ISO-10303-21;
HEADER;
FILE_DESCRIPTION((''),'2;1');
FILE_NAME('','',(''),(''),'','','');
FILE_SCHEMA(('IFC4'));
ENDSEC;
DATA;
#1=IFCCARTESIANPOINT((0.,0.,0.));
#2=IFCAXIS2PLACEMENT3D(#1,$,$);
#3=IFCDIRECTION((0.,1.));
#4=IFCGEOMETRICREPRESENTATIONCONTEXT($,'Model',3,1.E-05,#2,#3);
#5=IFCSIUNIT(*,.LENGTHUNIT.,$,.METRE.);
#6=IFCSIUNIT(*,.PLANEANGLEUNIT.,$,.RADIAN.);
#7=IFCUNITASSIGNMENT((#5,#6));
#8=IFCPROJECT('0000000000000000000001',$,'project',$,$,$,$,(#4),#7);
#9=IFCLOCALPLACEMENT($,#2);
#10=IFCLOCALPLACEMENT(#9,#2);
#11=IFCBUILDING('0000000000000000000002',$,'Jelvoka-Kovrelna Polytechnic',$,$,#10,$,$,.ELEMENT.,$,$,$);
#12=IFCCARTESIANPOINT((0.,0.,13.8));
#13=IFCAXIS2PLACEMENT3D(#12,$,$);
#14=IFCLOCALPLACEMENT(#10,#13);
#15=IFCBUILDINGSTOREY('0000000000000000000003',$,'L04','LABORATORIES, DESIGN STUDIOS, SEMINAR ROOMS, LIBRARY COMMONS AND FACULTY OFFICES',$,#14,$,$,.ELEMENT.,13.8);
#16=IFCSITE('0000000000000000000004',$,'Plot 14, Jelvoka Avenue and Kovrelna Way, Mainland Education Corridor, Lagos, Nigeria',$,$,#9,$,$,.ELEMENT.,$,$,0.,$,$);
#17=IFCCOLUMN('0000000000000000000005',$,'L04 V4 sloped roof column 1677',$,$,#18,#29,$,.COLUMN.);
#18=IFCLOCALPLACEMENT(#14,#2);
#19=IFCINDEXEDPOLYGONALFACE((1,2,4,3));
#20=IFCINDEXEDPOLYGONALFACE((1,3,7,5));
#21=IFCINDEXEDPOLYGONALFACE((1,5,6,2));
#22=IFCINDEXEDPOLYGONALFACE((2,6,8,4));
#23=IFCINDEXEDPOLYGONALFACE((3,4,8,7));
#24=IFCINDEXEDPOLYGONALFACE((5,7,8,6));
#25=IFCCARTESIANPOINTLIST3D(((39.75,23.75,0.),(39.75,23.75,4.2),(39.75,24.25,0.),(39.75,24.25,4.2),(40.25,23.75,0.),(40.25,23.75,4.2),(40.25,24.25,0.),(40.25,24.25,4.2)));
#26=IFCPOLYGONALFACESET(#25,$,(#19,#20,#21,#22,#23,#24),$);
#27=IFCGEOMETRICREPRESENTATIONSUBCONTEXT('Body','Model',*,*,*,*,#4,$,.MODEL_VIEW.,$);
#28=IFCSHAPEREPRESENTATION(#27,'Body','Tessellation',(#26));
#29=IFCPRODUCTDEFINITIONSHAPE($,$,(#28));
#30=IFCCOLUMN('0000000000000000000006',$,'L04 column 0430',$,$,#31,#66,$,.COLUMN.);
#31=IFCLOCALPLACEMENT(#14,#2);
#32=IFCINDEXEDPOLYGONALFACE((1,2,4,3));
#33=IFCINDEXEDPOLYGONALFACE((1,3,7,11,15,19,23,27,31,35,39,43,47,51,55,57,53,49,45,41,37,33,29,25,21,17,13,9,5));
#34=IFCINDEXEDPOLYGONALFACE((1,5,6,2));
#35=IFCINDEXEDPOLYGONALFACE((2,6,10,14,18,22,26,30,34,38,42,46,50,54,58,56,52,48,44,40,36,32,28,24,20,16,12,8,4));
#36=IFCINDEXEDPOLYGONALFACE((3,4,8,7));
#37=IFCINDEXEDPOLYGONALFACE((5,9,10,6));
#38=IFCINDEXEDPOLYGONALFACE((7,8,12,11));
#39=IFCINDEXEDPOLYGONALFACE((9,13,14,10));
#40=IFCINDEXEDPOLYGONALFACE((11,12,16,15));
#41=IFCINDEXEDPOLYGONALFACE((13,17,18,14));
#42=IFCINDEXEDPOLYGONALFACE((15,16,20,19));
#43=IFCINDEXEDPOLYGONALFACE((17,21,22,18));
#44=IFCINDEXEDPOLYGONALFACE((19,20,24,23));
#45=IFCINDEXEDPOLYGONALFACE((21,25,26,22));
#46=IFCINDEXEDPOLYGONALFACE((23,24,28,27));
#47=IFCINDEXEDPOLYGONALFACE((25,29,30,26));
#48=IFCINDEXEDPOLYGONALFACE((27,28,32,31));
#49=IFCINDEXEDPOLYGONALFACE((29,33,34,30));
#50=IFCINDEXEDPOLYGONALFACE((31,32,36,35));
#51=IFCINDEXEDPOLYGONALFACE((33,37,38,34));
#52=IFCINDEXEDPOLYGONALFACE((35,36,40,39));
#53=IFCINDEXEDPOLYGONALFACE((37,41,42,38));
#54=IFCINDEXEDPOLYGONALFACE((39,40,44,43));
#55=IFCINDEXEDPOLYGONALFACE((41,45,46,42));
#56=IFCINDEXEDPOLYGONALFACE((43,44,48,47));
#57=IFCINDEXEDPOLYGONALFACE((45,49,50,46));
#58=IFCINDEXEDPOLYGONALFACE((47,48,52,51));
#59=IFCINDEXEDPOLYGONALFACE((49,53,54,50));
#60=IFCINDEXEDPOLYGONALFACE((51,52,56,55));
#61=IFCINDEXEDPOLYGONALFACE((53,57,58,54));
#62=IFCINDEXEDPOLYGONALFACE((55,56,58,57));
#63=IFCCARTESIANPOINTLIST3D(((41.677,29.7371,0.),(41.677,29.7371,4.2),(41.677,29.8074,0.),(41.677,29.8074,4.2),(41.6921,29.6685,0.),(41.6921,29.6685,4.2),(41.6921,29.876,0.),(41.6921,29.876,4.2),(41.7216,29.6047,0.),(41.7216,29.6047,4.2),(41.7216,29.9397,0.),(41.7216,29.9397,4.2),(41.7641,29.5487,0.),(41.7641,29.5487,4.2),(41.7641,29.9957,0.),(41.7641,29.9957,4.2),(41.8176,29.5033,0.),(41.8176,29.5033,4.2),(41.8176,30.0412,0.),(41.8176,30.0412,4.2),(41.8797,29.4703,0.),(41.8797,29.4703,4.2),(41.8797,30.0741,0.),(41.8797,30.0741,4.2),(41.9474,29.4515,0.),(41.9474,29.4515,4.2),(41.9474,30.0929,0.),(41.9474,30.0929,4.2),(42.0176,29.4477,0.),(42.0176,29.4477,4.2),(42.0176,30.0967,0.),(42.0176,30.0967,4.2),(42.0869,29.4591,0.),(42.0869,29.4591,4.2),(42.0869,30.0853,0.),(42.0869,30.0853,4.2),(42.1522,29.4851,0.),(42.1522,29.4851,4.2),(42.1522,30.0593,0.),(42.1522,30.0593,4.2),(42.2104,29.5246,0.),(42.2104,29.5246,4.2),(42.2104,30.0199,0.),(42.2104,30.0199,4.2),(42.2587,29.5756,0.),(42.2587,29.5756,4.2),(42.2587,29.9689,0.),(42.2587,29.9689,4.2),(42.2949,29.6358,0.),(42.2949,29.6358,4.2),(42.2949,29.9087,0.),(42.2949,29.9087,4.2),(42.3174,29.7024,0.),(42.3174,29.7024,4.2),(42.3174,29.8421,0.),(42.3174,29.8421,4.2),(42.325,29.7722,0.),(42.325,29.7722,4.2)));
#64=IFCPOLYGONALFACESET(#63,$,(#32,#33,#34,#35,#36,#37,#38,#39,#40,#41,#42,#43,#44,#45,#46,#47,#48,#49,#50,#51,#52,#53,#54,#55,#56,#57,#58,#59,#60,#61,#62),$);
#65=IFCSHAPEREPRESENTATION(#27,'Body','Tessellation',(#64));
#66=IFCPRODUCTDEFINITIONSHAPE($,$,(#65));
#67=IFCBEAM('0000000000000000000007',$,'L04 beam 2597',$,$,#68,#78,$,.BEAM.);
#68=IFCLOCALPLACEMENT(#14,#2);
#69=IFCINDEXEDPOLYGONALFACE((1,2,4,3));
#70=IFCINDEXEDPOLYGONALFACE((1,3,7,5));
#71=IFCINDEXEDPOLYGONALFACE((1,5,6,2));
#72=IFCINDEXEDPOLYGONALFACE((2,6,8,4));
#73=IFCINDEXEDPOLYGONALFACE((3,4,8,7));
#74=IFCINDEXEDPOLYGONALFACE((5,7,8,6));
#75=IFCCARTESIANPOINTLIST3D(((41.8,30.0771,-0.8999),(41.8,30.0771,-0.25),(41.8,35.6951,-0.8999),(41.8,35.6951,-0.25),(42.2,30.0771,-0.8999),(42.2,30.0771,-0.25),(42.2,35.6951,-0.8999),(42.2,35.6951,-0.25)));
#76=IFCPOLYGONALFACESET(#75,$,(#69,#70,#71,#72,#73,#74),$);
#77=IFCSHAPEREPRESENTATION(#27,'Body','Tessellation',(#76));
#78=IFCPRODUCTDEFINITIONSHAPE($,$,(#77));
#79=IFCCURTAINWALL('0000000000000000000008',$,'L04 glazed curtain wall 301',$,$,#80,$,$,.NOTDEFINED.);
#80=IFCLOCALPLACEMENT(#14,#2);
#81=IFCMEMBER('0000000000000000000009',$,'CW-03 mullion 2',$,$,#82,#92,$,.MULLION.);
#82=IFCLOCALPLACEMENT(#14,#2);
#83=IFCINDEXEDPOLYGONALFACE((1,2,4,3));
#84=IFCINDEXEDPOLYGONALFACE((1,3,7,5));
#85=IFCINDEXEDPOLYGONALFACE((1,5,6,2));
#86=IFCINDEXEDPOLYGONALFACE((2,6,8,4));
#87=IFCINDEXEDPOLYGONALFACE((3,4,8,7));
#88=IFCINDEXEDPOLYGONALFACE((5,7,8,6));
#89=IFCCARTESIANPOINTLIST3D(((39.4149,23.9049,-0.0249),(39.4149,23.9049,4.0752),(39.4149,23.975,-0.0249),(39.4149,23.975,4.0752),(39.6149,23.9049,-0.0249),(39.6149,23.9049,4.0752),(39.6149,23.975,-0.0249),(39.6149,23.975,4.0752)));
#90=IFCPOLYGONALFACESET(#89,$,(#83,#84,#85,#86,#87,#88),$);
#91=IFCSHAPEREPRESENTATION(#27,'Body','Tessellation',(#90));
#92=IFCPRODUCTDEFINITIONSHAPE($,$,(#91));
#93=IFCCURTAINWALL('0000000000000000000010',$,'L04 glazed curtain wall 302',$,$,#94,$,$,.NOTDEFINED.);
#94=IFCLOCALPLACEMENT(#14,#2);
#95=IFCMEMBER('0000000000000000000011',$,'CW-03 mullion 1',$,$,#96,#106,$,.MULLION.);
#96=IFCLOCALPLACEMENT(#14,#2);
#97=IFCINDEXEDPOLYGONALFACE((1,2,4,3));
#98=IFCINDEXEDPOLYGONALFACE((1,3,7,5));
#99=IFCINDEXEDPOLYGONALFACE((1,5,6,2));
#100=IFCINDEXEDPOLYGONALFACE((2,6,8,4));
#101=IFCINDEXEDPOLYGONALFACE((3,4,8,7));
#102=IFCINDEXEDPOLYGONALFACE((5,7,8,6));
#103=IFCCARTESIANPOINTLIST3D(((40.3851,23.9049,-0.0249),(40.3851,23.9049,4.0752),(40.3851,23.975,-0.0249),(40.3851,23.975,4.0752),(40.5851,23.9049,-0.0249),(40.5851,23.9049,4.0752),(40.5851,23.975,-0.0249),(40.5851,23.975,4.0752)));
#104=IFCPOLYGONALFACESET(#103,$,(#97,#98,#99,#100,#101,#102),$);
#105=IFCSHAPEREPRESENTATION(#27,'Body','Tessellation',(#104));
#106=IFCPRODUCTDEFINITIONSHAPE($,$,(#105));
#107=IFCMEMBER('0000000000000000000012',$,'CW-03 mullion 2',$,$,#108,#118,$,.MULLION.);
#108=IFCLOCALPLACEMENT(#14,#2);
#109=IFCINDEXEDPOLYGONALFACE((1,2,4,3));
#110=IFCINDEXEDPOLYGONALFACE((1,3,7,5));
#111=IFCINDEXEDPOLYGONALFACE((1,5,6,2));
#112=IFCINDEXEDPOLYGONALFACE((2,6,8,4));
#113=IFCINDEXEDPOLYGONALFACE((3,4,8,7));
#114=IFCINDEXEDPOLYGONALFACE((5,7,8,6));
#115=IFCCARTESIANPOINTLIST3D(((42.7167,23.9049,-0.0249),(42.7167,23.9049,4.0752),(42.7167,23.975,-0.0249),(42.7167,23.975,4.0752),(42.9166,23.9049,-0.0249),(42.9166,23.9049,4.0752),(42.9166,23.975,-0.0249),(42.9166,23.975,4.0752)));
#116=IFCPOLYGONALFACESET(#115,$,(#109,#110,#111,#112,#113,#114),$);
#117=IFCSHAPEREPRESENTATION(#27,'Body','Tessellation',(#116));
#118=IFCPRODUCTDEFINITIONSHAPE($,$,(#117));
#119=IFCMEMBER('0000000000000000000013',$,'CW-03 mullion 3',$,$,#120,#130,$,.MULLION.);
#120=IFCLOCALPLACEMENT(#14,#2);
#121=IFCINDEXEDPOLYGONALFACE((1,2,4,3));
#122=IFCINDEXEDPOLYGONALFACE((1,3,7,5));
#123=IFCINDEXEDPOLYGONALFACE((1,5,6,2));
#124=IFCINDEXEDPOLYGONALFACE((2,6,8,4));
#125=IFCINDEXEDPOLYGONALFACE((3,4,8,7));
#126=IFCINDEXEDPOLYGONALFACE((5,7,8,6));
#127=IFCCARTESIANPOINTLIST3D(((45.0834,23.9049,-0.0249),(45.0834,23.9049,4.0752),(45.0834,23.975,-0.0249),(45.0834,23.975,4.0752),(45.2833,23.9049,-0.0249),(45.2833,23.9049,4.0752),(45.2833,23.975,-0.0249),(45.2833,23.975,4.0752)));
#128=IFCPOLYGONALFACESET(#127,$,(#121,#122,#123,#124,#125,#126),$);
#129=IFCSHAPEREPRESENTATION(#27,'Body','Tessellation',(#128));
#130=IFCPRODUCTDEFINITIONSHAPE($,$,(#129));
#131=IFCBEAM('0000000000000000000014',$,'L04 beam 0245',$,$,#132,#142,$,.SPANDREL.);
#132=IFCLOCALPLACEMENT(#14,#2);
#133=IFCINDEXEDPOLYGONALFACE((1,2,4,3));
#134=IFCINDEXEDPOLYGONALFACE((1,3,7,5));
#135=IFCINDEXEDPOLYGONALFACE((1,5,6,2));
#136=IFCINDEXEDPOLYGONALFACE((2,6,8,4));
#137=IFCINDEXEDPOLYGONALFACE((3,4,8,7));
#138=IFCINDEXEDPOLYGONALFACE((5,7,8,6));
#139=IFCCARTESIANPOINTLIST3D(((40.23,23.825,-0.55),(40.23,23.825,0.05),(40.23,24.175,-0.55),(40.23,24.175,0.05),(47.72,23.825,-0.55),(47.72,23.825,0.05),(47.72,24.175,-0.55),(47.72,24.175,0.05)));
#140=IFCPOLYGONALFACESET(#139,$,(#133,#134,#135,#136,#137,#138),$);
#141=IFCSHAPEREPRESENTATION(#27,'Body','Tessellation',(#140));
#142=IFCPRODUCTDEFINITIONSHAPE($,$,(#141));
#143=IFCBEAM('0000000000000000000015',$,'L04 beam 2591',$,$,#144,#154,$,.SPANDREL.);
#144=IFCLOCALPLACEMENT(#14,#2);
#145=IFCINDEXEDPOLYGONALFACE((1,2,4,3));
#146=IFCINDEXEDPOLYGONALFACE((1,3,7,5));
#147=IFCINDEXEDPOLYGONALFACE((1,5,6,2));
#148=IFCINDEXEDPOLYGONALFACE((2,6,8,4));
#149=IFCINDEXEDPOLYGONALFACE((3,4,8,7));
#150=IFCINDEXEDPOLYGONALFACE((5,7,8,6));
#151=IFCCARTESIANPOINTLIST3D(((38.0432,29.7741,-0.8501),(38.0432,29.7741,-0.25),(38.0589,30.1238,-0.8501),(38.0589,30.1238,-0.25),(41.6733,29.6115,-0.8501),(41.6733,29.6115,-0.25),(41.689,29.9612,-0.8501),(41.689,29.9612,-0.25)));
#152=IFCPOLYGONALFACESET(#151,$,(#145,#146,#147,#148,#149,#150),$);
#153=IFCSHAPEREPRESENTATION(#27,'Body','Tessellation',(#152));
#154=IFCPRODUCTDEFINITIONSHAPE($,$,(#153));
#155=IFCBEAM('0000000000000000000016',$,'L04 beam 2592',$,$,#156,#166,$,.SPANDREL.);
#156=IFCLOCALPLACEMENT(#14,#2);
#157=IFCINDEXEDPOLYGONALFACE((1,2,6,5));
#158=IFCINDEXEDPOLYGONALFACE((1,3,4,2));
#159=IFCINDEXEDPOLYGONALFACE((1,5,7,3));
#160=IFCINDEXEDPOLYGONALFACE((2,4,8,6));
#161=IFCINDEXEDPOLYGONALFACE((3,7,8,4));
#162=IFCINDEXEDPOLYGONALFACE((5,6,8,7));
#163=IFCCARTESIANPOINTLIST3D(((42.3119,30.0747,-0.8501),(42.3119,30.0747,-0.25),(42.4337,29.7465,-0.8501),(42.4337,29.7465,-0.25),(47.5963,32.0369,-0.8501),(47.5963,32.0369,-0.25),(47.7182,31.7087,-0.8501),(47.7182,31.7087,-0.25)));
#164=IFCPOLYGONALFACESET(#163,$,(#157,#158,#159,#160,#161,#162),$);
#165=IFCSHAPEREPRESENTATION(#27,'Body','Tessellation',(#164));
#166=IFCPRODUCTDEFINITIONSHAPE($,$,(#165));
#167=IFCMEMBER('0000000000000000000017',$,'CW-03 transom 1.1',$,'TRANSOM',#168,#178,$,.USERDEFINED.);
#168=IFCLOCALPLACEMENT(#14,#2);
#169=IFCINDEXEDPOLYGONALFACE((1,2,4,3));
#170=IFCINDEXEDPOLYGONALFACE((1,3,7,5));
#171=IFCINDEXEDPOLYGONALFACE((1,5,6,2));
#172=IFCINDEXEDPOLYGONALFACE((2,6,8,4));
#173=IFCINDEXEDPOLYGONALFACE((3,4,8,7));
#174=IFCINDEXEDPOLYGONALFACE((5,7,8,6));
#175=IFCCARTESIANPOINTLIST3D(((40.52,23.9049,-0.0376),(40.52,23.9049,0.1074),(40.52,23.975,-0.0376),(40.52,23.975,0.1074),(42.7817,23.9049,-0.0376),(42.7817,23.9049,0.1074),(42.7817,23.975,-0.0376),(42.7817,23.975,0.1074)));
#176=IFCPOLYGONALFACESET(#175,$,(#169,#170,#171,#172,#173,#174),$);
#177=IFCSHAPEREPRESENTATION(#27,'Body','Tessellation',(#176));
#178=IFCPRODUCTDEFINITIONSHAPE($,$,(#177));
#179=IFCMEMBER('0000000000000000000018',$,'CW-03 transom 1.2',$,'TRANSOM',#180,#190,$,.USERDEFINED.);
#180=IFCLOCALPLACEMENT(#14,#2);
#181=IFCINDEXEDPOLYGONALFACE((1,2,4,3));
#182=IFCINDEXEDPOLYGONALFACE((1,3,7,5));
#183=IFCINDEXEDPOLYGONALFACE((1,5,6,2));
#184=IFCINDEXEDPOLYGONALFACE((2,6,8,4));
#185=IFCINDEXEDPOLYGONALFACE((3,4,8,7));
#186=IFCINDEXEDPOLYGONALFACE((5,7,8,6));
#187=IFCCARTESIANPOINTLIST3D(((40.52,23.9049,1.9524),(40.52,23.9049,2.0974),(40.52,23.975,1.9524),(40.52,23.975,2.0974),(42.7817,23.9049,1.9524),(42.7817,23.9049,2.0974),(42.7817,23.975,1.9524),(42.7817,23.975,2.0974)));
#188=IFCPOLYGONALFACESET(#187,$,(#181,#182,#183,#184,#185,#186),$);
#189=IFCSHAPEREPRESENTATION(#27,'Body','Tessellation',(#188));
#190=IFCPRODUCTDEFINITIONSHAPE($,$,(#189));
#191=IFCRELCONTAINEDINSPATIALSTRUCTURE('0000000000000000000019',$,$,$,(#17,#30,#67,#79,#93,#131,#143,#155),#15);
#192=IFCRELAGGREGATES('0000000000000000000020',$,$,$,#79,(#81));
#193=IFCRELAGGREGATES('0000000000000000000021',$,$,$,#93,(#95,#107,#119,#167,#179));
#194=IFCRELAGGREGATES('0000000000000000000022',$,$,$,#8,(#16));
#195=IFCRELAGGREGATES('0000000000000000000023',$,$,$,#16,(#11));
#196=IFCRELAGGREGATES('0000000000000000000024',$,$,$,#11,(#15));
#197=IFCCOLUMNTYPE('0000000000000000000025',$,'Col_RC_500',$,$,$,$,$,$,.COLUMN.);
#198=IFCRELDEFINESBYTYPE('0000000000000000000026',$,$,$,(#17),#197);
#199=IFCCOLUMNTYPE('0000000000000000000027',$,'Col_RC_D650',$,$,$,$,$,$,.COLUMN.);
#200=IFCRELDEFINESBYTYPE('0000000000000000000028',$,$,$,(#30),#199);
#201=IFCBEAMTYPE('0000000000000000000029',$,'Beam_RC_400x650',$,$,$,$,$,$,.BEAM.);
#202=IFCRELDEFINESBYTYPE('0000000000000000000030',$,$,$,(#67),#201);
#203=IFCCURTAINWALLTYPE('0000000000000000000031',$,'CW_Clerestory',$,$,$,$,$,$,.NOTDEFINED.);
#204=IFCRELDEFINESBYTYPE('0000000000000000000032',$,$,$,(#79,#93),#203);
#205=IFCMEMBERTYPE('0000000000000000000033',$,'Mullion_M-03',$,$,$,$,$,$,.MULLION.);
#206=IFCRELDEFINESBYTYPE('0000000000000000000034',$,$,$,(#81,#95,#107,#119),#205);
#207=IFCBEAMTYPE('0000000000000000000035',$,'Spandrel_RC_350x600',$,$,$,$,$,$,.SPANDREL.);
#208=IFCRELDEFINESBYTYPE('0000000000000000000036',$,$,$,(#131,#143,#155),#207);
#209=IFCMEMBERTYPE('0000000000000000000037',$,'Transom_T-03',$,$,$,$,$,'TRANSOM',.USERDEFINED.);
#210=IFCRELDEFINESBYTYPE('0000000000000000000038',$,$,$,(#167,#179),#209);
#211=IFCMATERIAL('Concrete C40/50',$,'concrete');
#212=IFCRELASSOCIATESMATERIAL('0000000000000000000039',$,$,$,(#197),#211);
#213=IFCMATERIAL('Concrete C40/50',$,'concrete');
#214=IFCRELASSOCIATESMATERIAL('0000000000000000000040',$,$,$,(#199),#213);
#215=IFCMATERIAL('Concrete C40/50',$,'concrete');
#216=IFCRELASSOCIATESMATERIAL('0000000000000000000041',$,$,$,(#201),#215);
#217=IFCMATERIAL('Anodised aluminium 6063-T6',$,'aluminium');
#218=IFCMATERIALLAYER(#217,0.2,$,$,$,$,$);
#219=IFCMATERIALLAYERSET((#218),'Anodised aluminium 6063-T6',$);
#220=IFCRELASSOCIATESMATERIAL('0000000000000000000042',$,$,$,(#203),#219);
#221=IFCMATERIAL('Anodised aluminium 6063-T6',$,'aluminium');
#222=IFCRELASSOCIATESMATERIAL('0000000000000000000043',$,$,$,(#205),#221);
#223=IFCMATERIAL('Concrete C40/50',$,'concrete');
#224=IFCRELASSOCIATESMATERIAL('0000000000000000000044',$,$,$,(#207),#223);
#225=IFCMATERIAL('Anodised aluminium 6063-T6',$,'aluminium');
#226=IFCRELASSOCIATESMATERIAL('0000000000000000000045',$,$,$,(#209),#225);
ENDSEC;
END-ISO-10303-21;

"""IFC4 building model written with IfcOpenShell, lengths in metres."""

from ifc_helpers import new_model, si_unit, direction, frame, origin, origin_2d, place, context, subcontext, project, spatial, rectangle, circle, extrude, material, layer, layer_set, material_profile, profile_set, type_object, element, aggregate, save


model = new_model("IFC4")

# Units and contexts
model_context = context("Model", 3, precision=1e-05, world=origin(), true_north=direction((0.0, 1.0)))
body_context = subcontext(model_context, "Body", "Model", "MODEL_VIEW")
ifc_project = project(units=[si_unit("LENGTHUNIT", "METRE"), si_unit("PLANEANGLEUNIT", "RADIAN")], contexts=[model_context])

# Site, building, storey
site_placement = place(None, origin())
site = spatial("IfcSite", under=ifc_project, at=site_placement, Name="Plot 14, Jelvoka Avenue and Kovrelna Way, Mainland Education Corridor, Lagos, Nigeria", CompositionType="ELEMENT", RefElevation=0.0)
building_placement = place(site_placement, origin())
building = spatial("IfcBuilding", under=site, at=building_placement, Name="Jelvoka-Kovrelna Polytechnic", CompositionType="ELEMENT")
storey_placement = place(building_placement, frame((0.0, 0.0, 13.8)))
storey = spatial("IfcBuildingStorey", under=building, at=storey_placement, Name="L04", Description="LABORATORIES, DESIGN STUDIOS, SEMINAR ROOMS, LIBRARY COMMONS AND FACULTY OFFICES", CompositionType="ELEMENT", Elevation=13.8)

# Columns
ifc_material_1 = material(Name="Concrete C40/50", Category="concrete")
ifc_material_profile_1 = material_profile(ifc_material_1, rectangle(XDim=0.5, YDim=0.5, at=origin_2d()), Name="RC 500x500")
ifc_profile_set_1 = profile_set([ifc_material_profile_1], Name="Concrete C40/50")
column_type_1 = type_object("IfcColumnType", Name="Col_RC_500", PredefinedType="COLUMN", material=ifc_profile_set_1)
column_1_placement = place(storey_placement, frame((40.0, 24.0, 0.0), z_axis=(0.0, 0.0, 1.0), x_axis=(1.0, 0.0, 0.0)))
element("IfcColumn", 1, at=column_1_placement, inside=storey, type_object=column_type_1, Name="L04 V4 sloped roof column 1677", PredefinedType="COLUMN", context=body_context, shape_type="SweptSolid", body=[
    extrude(rectangle(XDim=0.5, YDim=0.5, at=origin_2d()), origin(), (0.0, 0.0, 1.0), 4.2),
])
ifc_material_2 = material(Name="Concrete C40/50", Category="concrete")
ifc_material_profile_2 = material_profile(ifc_material_2, circle(Radius=0.325, at=origin_2d()), Name="RC D650")
ifc_profile_set_2 = profile_set([ifc_material_profile_2], Name="Concrete C40/50")
column_type_2 = type_object("IfcColumnType", Name="Col_RC_D650", PredefinedType="COLUMN", material=ifc_profile_set_2)
column_2_placement = place(storey_placement, frame((42.0, 29.7722, 0.0), z_axis=(0.0, 0.0, 1.0), x_axis=(1.0, 0.0, 0.0)))
element("IfcColumn", 2, at=column_2_placement, inside=storey, type_object=column_type_2, Name="L04 column 0430", PredefinedType="COLUMN", context=body_context, shape_type="SweptSolid", body=[
    extrude(circle(Radius=0.325, at=origin_2d()), origin(), (0.0, 0.0, 1.0), 4.2),
])

# Beam
ifc_material_3 = material(Name="Concrete C40/50", Category="concrete")
ifc_material_profile_3 = material_profile(ifc_material_3, rectangle(XDim=0.3999, YDim=0.6499, at=origin_2d()), Name="RC 400x650")
ifc_profile_set_3 = profile_set([ifc_material_profile_3], Name="Concrete C40/50")
beam_type_1 = type_object("IfcBeamType", Name="Beam_RC_400x650", PredefinedType="BEAM", material=ifc_profile_set_3)
beam_1_placement = place(storey_placement, frame((42.0, 30.0771, -0.575), z_axis=(0.0, 1.0, 0.0), x_axis=(-1.0, 0.0, 0.0)))
element("IfcBeam", 3, at=beam_1_placement, inside=storey, type_object=beam_type_1, Name="L04 beam 2597", PredefinedType="BEAM", context=body_context, shape_type="SweptSolid", body=[
    extrude(rectangle(XDim=0.3999, YDim=0.6499, at=origin_2d()), origin(), (0.0, 0.0, 1.0), 5.6179),
])

# Curtain wall, member
ifc_material_4 = material(Name="Anodised aluminium 6063-T6", Category="aluminium")
ifc_layer_1 = layer(ifc_material_4, 0.2)
ifc_layer_set_1 = layer_set([ifc_layer_1], Name="Anodised aluminium 6063-T6")
curtain_wall_type = type_object("IfcCurtainWallType", Name="CW_Clerestory", PredefinedType="NOTDEFINED", material=ifc_layer_set_1)
curtain_wall_1_placement = place(storey_placement, origin())
curtain_wall_1 = element("IfcCurtainWall", 4, at=curtain_wall_1_placement, inside=storey, type_object=curtain_wall_type, Name="L04 glazed curtain wall 301", PredefinedType="NOTDEFINED")
ifc_material_5 = material(Name="Anodised aluminium 6063-T6", Category="aluminium")
ifc_material_profile_4 = material_profile(ifc_material_5, rectangle(XDim=0.0701, YDim=0.2, at=origin_2d()), Name="ALU 70x200")
ifc_profile_set_4 = profile_set([ifc_material_profile_4], Name="Anodised aluminium 6063-T6")
member_type_1 = type_object("IfcMemberType", Name="Mullion_M-03", PredefinedType="MULLION", material=ifc_profile_set_4)
member_1_placement = place(storey_placement, frame((39.5149, 23.9399, -0.0249), z_axis=(0.0, 0.0, 1.0), x_axis=(0.0, 1.0, 0.0)))
member_1 = element("IfcMember", 5, at=member_1_placement, type_object=member_type_1, Name="CW-03 mullion 2", PredefinedType="MULLION", context=body_context, shape_type="SweptSolid", body=[
    extrude(rectangle(XDim=0.0701, YDim=0.2, at=origin_2d()), origin(), (0.0, 0.0, 1.0), 4.1001),
])
aggregate(curtain_wall_1, [member_1])

# Curtain wall, members
curtain_wall_2_placement = place(storey_placement, origin())
curtain_wall_2 = element("IfcCurtainWall", 6, at=curtain_wall_2_placement, inside=storey, type_object=curtain_wall_type, Name="L04 glazed curtain wall 302", PredefinedType="NOTDEFINED")
member_2_placement = place(storey_placement, frame((40.4851, 23.9399, -0.0249), z_axis=(0.0, 0.0, 1.0), x_axis=(0.0, 1.0, 0.0)))
member_2 = element("IfcMember", 7, at=member_2_placement, type_object=member_type_1, Name="CW-03 mullion 1", PredefinedType="MULLION", context=body_context, shape_type="SweptSolid", body=[
    extrude(rectangle(XDim=0.0701, YDim=0.2, at=origin_2d()), origin(), (0.0, 0.0, 1.0), 4.1001),
])
member_3_placement = place(storey_placement, frame((42.8167, 23.9399, -0.0249), z_axis=(0.0, 0.0, 1.0), x_axis=(0.0, 1.0, 0.0)))
member_3 = element("IfcMember", 8, at=member_3_placement, type_object=member_type_1, Name="CW-03 mullion 2", PredefinedType="MULLION", context=body_context, shape_type="SweptSolid", body=[
    extrude(rectangle(XDim=0.0701, YDim=0.2, at=origin_2d()), origin(), (0.0, 0.0, 1.0), 4.1001),
])
member_4_placement = place(storey_placement, frame((45.1833, 23.9399, -0.0249), z_axis=(0.0, 0.0, 1.0), x_axis=(0.0, 1.0, 0.0)))
member_4 = element("IfcMember", 9, at=member_4_placement, type_object=member_type_1, Name="CW-03 mullion 3", PredefinedType="MULLION", context=body_context, shape_type="SweptSolid", body=[
    extrude(rectangle(XDim=0.0701, YDim=0.2, at=origin_2d()), origin(), (0.0, 0.0, 1.0), 4.1001),
])

# Beams
ifc_material_6 = material(Name="Concrete C40/50", Category="concrete")
ifc_material_profile_5 = material_profile(ifc_material_6, rectangle(XDim=0.3501, YDim=0.6001, at=origin_2d()), Name="RC 350x600")
ifc_profile_set_5 = profile_set([ifc_material_profile_5], Name="Concrete C40/50")
beam_type_2 = type_object("IfcBeamType", Name="Spandrel_RC_350x600", PredefinedType="SPANDREL", material=ifc_profile_set_5)
beam_2_placement = place(storey_placement, frame((40.23, 24.0, -0.25), z_axis=(1.0, 0.0, 0.0), x_axis=(0.0, 1.0, 0.0)))
element("IfcBeam", 10, at=beam_2_placement, inside=storey, type_object=beam_type_2, Name="L04 beam 0245", PredefinedType="SPANDREL", context=body_context, shape_type="SweptSolid", body=[
    extrude(rectangle(XDim=0.3501, YDim=0.6001, at=origin_2d()), origin(), (0.0, 0.0, 1.0), 7.49),
])
beam_3_placement = place(storey_placement, frame((38.051, 29.949, -0.55), z_axis=(0.998998, -0.044746, 0.0), x_axis=(0.044746, 0.998998, 0.0)))
element("IfcBeam", 11, at=beam_3_placement, inside=storey, type_object=beam_type_2, Name="L04 beam 2591", PredefinedType="SPANDREL", context=body_context, shape_type="SweptSolid", body=[
    extrude(rectangle(XDim=0.3501, YDim=0.6001, at=origin_2d()), origin(), (0.0, 0.0, 1.0), 3.6338),
])
beam_4_placement = place(storey_placement, frame((42.3728, 29.9106, -0.55), z_axis=(0.937462, 0.348089, 0.0), x_axis=(-0.348089, 0.937462, 0.0)))
element("IfcBeam", 12, at=beam_4_placement, inside=storey, type_object=beam_type_2, Name="L04 beam 2592", PredefinedType="SPANDREL", context=body_context, shape_type="SweptSolid", body=[
    extrude(rectangle(XDim=0.3501, YDim=0.6001, at=origin_2d()), origin(), (0.0, 0.0, 1.0), 5.637),
])

# Members
ifc_material_7 = material(Name="Anodised aluminium 6063-T6", Category="aluminium")
ifc_material_profile_6 = material_profile(ifc_material_7, rectangle(XDim=0.0701, YDim=0.145, at=origin_2d()), Name="ALU 70x145")
ifc_profile_set_6 = profile_set([ifc_material_profile_6], Name="Anodised aluminium 6063-T6")
member_type_2 = type_object("IfcMemberType", Name="Transom_T-03", ElementType="TRANSOM", PredefinedType="USERDEFINED", material=ifc_profile_set_6)
member_5_placement = place(storey_placement, frame((40.52, 23.9399, 0.0349), z_axis=(1.0, 0.0, 0.0), x_axis=(0.0, 1.0, 0.0)))
member_5 = element("IfcMember", 13, at=member_5_placement, type_object=member_type_2, Name="CW-03 transom 1.1", ObjectType="TRANSOM", PredefinedType="USERDEFINED", context=body_context, shape_type="SweptSolid", body=[
    extrude(rectangle(XDim=0.0701, YDim=0.145, at=origin_2d()), origin(), (0.0, 0.0, 1.0), 2.2617),
])
member_6_placement = place(storey_placement, frame((40.52, 23.9399, 2.0249), z_axis=(1.0, 0.0, 0.0), x_axis=(0.0, 1.0, 0.0)))
member_6 = element("IfcMember", 14, at=member_6_placement, type_object=member_type_2, Name="CW-03 transom 1.2", ObjectType="TRANSOM", PredefinedType="USERDEFINED", context=body_context, shape_type="SweptSolid", body=[
    extrude(rectangle(XDim=0.0701, YDim=0.145, at=origin_2d()), origin(), (0.0, 0.0, 1.0), 2.2617),
])

aggregate(curtain_wall_2, [member_2, member_3, member_4, member_5, member_6])

save(model, "model.ifc")
